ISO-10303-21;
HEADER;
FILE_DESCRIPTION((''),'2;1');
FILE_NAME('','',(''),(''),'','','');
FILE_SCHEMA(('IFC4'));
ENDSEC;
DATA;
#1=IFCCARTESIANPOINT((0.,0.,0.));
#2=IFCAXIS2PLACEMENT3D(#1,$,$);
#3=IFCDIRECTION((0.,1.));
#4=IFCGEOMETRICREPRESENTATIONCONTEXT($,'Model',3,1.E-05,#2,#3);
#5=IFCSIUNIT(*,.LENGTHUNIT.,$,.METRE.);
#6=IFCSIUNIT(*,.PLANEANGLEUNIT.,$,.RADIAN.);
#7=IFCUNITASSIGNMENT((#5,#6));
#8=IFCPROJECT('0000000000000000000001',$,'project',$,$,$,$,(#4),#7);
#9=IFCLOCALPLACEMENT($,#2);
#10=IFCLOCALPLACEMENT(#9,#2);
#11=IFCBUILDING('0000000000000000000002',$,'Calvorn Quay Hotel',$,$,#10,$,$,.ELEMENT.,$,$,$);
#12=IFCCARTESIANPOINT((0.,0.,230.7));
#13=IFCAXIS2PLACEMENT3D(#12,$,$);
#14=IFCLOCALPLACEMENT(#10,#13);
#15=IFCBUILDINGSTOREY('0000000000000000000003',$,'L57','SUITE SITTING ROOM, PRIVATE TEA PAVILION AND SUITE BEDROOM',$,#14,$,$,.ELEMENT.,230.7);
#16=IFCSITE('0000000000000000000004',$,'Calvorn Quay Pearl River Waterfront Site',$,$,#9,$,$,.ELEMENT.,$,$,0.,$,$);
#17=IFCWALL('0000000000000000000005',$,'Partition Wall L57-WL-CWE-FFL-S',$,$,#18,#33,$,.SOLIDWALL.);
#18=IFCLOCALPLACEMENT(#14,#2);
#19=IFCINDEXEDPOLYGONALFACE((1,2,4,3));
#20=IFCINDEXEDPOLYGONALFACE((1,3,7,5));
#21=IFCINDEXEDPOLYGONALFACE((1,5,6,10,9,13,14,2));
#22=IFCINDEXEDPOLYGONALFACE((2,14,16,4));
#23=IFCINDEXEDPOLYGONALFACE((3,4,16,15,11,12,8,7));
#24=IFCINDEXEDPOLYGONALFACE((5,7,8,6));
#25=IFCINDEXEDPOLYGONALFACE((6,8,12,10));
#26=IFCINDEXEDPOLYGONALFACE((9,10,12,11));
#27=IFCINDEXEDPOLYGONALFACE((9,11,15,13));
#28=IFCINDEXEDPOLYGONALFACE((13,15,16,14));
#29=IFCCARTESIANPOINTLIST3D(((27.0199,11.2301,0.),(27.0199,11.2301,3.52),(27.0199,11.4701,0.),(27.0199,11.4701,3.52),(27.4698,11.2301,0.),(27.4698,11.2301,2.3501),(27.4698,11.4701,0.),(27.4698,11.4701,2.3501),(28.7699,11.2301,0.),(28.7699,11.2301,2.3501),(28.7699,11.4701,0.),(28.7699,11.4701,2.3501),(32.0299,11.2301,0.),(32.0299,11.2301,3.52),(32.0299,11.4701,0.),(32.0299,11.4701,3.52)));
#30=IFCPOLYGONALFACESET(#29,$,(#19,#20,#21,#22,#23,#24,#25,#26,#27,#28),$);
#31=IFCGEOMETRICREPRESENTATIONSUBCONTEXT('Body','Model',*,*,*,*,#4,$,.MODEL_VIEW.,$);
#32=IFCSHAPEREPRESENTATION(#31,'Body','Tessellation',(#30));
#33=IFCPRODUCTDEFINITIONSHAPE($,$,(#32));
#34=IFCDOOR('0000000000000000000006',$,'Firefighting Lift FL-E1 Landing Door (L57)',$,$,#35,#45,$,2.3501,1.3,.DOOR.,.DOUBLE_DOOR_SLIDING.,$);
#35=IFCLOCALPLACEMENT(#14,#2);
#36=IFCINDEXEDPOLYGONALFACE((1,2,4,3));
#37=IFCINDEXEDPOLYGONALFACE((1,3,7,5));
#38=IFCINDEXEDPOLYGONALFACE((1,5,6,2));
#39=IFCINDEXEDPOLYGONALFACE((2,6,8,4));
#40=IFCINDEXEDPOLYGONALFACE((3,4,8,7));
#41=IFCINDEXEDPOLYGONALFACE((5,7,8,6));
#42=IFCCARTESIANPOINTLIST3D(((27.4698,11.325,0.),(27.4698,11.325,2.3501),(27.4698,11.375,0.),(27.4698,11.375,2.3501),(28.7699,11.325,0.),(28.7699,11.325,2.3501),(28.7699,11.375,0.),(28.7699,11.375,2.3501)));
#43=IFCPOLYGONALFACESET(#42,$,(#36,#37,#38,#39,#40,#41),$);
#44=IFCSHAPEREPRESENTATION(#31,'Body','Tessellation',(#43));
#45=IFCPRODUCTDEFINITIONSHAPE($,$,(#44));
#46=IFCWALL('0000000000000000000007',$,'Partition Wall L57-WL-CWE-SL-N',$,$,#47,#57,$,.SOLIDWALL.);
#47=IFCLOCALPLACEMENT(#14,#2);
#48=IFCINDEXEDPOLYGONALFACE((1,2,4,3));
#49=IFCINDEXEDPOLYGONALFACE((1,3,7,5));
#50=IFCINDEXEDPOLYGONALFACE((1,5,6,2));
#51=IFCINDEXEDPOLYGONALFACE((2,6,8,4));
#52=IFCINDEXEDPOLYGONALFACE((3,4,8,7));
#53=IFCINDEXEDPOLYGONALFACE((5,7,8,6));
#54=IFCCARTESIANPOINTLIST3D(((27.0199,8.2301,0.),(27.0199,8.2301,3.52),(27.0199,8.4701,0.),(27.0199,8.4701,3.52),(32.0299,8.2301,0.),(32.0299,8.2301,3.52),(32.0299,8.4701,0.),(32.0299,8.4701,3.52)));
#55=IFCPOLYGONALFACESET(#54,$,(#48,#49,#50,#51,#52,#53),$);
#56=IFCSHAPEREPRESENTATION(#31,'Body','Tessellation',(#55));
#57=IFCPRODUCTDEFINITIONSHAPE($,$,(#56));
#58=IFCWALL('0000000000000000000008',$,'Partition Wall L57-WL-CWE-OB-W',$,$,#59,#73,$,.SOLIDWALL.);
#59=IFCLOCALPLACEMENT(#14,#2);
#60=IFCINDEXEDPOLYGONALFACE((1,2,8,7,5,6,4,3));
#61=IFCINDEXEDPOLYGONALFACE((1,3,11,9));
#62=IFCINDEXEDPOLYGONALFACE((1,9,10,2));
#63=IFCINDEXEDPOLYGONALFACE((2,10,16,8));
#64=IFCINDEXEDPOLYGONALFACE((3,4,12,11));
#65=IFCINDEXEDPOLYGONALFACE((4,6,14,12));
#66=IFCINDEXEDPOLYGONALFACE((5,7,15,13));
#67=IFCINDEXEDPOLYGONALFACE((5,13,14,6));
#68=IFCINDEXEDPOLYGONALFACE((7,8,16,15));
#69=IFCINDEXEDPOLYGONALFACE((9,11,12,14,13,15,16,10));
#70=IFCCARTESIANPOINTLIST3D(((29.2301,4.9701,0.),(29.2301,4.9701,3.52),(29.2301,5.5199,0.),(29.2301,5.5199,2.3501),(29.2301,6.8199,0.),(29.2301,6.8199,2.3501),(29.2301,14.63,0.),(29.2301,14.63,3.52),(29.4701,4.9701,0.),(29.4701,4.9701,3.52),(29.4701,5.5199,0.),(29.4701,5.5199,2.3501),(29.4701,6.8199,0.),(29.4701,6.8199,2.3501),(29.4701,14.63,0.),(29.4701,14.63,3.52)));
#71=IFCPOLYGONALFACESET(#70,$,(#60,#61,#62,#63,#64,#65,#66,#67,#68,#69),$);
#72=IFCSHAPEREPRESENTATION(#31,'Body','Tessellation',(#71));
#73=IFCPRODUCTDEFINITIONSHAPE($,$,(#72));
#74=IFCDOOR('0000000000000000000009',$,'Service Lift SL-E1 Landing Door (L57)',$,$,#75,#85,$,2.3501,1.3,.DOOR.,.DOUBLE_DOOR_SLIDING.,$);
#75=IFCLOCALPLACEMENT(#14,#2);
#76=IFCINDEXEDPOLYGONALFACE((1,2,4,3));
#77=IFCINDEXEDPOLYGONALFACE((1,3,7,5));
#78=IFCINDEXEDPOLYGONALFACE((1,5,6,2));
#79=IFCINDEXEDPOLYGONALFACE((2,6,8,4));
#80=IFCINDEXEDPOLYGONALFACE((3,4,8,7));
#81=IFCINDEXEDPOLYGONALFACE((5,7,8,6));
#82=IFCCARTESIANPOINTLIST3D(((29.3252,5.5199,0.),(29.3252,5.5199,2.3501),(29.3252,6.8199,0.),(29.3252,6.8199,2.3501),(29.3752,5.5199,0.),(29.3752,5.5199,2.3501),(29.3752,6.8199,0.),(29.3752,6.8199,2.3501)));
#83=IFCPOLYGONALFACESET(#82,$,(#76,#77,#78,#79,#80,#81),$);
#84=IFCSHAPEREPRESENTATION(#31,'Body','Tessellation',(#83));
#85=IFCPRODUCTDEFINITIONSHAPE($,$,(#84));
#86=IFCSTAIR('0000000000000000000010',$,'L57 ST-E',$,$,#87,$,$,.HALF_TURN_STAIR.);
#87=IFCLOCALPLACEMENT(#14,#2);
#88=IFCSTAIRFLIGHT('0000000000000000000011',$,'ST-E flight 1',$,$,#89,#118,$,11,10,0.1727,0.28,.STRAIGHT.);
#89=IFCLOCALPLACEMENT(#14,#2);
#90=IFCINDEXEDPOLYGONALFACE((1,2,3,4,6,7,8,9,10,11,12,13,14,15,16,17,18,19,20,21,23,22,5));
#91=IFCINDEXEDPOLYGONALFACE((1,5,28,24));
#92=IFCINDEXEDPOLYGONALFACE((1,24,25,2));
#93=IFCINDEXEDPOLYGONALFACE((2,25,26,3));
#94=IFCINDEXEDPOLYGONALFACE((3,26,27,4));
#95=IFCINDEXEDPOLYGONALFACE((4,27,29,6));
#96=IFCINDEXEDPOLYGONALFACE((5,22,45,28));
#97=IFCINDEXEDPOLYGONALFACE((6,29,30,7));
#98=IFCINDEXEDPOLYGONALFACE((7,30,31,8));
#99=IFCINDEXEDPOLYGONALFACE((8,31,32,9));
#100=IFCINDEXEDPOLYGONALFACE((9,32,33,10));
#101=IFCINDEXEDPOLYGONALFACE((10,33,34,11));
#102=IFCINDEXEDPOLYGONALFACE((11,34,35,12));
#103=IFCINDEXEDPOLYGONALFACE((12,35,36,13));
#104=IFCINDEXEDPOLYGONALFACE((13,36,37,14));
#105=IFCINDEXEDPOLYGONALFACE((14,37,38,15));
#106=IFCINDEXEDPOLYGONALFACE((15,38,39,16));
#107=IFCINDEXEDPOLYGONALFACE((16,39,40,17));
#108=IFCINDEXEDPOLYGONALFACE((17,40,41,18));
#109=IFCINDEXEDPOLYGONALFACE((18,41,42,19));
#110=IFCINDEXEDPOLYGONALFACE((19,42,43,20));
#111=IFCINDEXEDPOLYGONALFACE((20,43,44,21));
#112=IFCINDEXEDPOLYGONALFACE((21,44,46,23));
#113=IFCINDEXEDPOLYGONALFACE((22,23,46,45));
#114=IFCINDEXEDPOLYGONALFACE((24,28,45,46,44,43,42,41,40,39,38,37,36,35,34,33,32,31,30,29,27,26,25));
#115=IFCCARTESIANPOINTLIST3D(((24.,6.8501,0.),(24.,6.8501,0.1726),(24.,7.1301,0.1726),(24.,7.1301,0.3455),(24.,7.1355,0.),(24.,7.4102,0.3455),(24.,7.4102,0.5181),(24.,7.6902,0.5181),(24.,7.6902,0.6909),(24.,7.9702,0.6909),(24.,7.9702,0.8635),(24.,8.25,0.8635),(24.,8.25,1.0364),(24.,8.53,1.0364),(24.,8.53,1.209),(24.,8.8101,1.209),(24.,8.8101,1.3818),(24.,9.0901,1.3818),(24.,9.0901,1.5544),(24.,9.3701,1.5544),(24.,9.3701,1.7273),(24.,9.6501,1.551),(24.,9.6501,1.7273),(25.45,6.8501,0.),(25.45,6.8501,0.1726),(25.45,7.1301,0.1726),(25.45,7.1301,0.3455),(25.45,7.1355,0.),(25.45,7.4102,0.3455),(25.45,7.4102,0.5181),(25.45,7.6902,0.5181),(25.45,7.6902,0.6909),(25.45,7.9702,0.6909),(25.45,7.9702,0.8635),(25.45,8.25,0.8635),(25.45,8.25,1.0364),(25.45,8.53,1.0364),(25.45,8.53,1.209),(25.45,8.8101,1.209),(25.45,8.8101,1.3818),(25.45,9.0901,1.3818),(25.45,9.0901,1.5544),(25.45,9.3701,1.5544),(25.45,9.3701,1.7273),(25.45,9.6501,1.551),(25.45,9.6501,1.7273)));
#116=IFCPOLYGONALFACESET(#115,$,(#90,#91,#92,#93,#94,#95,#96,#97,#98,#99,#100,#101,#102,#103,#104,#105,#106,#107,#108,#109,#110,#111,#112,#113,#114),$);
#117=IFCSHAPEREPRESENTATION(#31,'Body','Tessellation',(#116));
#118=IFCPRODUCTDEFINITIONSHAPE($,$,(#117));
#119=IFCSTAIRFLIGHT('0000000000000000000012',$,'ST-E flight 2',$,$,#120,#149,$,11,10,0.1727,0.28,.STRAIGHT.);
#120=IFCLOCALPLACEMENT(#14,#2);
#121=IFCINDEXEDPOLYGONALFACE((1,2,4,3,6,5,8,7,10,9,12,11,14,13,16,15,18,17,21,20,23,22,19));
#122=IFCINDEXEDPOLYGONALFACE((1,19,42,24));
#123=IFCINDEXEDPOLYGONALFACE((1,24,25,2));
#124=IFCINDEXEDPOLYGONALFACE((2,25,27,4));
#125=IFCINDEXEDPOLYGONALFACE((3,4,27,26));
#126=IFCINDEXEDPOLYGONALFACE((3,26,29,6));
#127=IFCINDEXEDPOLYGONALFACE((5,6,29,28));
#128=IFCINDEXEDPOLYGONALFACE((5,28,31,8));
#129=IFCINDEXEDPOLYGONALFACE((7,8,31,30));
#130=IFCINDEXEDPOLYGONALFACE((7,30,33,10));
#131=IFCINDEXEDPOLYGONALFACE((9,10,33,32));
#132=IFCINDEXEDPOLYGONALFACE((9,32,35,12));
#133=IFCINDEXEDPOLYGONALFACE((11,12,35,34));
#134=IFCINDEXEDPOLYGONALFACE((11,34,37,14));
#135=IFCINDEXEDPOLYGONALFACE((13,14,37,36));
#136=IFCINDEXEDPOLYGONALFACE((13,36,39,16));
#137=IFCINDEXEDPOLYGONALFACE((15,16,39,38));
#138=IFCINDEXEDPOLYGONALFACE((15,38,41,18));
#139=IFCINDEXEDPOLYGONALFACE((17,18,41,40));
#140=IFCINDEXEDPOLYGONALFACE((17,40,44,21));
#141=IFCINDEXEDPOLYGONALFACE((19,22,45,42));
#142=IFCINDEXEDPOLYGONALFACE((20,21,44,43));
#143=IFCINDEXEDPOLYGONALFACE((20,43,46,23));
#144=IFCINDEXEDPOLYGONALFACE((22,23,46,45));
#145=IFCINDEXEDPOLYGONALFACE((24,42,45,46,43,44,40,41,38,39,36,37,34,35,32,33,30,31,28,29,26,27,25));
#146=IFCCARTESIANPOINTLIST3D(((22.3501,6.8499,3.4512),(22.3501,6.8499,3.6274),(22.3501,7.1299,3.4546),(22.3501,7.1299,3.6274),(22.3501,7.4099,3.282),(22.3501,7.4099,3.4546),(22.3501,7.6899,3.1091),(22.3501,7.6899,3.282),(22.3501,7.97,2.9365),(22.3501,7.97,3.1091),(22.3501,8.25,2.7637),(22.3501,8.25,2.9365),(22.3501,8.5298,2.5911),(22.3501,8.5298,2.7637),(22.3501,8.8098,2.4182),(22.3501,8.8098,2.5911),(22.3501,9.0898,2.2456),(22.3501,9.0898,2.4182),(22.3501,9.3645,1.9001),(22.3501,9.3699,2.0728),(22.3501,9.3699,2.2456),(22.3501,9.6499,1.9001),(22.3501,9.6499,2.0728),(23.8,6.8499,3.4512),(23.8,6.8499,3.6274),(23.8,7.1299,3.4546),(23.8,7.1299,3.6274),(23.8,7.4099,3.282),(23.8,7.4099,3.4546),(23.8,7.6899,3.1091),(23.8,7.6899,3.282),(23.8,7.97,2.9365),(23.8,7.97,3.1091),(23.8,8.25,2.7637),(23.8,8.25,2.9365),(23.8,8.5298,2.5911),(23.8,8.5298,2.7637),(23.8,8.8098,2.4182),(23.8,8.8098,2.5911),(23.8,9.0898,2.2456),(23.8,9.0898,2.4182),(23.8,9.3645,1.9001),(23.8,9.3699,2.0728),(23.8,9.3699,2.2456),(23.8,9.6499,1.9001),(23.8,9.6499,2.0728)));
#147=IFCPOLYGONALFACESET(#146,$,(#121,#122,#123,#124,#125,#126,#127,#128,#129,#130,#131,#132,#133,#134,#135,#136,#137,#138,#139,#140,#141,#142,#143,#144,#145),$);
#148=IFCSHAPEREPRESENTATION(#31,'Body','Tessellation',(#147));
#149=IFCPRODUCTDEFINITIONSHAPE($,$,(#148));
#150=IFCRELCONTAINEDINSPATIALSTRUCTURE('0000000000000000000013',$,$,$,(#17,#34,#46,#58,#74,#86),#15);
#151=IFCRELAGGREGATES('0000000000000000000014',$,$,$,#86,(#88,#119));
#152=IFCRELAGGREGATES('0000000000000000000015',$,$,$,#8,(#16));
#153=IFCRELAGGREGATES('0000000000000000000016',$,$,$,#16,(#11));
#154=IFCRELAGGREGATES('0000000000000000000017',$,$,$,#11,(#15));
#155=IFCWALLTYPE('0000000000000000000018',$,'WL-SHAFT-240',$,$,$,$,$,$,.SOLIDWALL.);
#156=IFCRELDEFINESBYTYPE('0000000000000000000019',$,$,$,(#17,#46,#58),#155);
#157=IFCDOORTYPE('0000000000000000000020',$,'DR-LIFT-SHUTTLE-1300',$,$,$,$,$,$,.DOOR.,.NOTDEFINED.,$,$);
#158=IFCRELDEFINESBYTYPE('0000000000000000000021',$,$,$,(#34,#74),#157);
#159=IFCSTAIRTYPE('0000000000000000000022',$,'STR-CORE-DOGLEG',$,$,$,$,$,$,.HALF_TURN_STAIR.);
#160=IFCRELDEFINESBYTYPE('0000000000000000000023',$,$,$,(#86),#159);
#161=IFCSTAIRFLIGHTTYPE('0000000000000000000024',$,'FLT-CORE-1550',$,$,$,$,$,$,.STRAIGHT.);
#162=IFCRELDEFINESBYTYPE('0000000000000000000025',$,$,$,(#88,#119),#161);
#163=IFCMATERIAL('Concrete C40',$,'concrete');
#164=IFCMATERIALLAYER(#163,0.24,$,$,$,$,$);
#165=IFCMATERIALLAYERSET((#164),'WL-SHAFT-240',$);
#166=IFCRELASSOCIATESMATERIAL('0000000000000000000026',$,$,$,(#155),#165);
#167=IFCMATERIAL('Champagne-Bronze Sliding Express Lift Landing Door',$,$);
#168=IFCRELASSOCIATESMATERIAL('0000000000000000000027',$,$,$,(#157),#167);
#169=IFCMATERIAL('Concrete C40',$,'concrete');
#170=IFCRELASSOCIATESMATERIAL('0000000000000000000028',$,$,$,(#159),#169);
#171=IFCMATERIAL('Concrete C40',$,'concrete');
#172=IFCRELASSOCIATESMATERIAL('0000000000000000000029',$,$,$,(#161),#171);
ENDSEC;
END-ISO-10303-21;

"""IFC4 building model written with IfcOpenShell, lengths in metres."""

from ifc_helpers import new_model, si_unit, direction, frame, frame_2d, origin, place, context, subcontext, project, spatial, polyline, rectangle, outline, extrude, material, layer, layer_set, type_object, element, fill, aggregate, save


model = new_model("IFC4")

# Units and contexts
model_context = context("Model", 3, precision=1e-05, world=origin(), true_north=direction((0.0, 1.0)))
body_context = subcontext(model_context, "Body", "Model", "MODEL_VIEW")
ifc_project = project(units=[si_unit("LENGTHUNIT", "METRE"), si_unit("PLANEANGLEUNIT", "RADIAN")], contexts=[model_context])

# Site, building, storey
site_placement = place(None, origin())
site = spatial("IfcSite", under=ifc_project, at=site_placement, Name="Calvorn Quay Pearl River Waterfront Site", CompositionType="ELEMENT", RefElevation=0.0)
building_placement = place(site_placement, origin())
building = spatial("IfcBuilding", under=site, at=building_placement, Name="Calvorn Quay Hotel", CompositionType="ELEMENT")
storey_placement = place(building_placement, frame((0.0, 0.0, 230.7)))
storey = spatial("IfcBuildingStorey", under=building, at=storey_placement, Name="L57", Description="SUITE SITTING ROOM, PRIVATE TEA PAVILION AND SUITE BEDROOM", CompositionType="ELEMENT", Elevation=230.7)

# Shared definitions
ifc_material_1 = material(Name="Concrete C40", Category="concrete")
ifc_layer_1 = layer(ifc_material_1, 0.24)
ifc_layer_set_1 = layer_set([ifc_layer_1], Name="WL-SHAFT-240")
wall_type_1 = type_object("IfcWallType", Name="WL-SHAFT-240", PredefinedType="SOLIDWALL", material=ifc_layer_set_1)

# Wall, opening, door
wall_1_placement = place(storey_placement, frame((27.02, 11.3501, 0.0), z_axis=(0.0, 0.0, 1.0), x_axis=(1.0, 0.0, 0.0)))
wall_1 = element("IfcWall", 1, at=wall_1_placement, inside=storey, type_object=wall_type_1, Name="Partition Wall L57-WL-CWE-FFL-S", PredefinedType="SOLIDWALL", context=body_context, shape_type="SweptSolid", body=[
    extrude(rectangle(XDim=5.01, YDim=0.24, at=frame_2d((2.5049, 0.0))), origin(), (0.0, 0.0, 1.0), 3.52),
])
opening_1_placement = place(wall_1_placement, frame((0.45, 0.0, 0.0)))
opening_1 = element("IfcOpeningElement", 2, at=opening_1_placement, cuts=wall_1, PredefinedType="OPENING", context=body_context, shape_type="SweptSolid", body=[
    extrude(rectangle(XDim=1.3, YDim=2.3501, at=frame_2d((0.6499, 1.175))), frame((0.0, 0.1299, 0.0), z_axis=(0.0, -1.0, 0.0), x_axis=(1.0, 0.0, 0.0)), (0.0, 0.0, 1.0), 0.26),
])
ifc_material_2 = material(Name="Champagne-Bronze Sliding Express Lift Landing Door")
door_type_1 = type_object("IfcDoorType", Name="DR-LIFT-SHUTTLE-1300", OperationType="NOTDEFINED", PredefinedType="DOOR", material=ifc_material_2)
door_1_placement = place(opening_1_placement, origin())
door_1 = element("IfcDoor", 3, at=door_1_placement, inside=storey, type_object=door_type_1, Name="Firefighting Lift FL-E1 Landing Door (L57)", OperationType="DOUBLE_DOOR_SLIDING", OverallHeight=2.3501, OverallWidth=1.3, PredefinedType="DOOR", context=body_context, shape_type="SweptSolid", body=[
    extrude(rectangle(XDim=1.3, YDim=2.3501, at=frame_2d((0.6499, 1.175))), frame((0.0, 0.0249, 0.0), z_axis=(0.0, -1.0, 0.0), x_axis=(1.0, 0.0, 0.0)), (0.0, 0.0, 1.0), 0.05),
])
fill(opening_1, door_1)

# Wall
wall_2_placement = place(storey_placement, frame((27.02, 8.3501, 0.0), z_axis=(0.0, 0.0, 1.0), x_axis=(1.0, 0.0, 0.0)))
element("IfcWall", 4, at=wall_2_placement, inside=storey, type_object=wall_type_1, Name="Partition Wall L57-WL-CWE-SL-N", PredefinedType="SOLIDWALL", context=body_context, shape_type="SweptSolid", body=[
    extrude(rectangle(XDim=5.01, YDim=0.24, at=frame_2d((2.5049, 0.0))), origin(), (0.0, 0.0, 1.0), 3.52),
])

# Wall, opening, door
wall_3_placement = place(storey_placement, frame((29.3501, 4.97, 0.0), z_axis=(0.0, 0.0, 1.0), x_axis=(0.0, 1.0, 0.0)))
wall_3 = element("IfcWall", 5, at=wall_3_placement, inside=storey, type_object=wall_type_1, Name="Partition Wall L57-WL-CWE-OB-W", PredefinedType="SOLIDWALL", context=body_context, shape_type="SweptSolid", body=[
    extrude(rectangle(XDim=9.6599, YDim=0.24, at=frame_2d((4.8301, 0.0))), origin(), (0.0, 0.0, 1.0), 3.52),
])
opening_2_placement = place(wall_3_placement, frame((0.55, 0.0, 0.0)))
opening_2 = element("IfcOpeningElement", 6, at=opening_2_placement, cuts=wall_3, PredefinedType="OPENING", context=body_context, shape_type="SweptSolid", body=[
    extrude(rectangle(XDim=1.3, YDim=2.3501, at=frame_2d((0.6499, 1.175))), frame((0.0, 0.1299, 0.0), z_axis=(0.0, -1.0, 0.0), x_axis=(1.0, 0.0, 0.0)), (0.0, 0.0, 1.0), 0.26),
])
door_2_placement = place(opening_2_placement, origin())
door_2 = element("IfcDoor", 7, at=door_2_placement, inside=storey, type_object=door_type_1, Name="Service Lift SL-E1 Landing Door (L57)", OperationType="DOUBLE_DOOR_SLIDING", OverallHeight=2.3501, OverallWidth=1.3, PredefinedType="DOOR", context=body_context, shape_type="SweptSolid", body=[
    extrude(rectangle(XDim=1.3, YDim=2.3501, at=frame_2d((0.6499, 1.175))), frame((0.0, 0.0249, 0.0), z_axis=(0.0, -1.0, 0.0), x_axis=(1.0, 0.0, 0.0)), (0.0, 0.0, 1.0), 0.05),
])
fill(opening_2, door_2)

# Stair, stair flights
ifc_material_3 = material(Name="Concrete C40", Category="concrete")
stair_type = type_object("IfcStairType", Name="STR-CORE-DOGLEG", PredefinedType="HALF_TURN_STAIR", material=ifc_material_3)
stair_placement = place(storey_placement, origin())
stair = element("IfcStair", 8, at=stair_placement, inside=storey, type_object=stair_type, Name="L57 ST-E", PredefinedType="HALF_TURN_STAIR")
ifc_material_4 = material(Name="Concrete C40", Category="concrete")
stair_flight_type = type_object("IfcStairFlightType", Name="FLT-CORE-1550", PredefinedType="STRAIGHT", material=ifc_material_4)
stair_flight_1_placement = place(storey_placement, frame((24.7251, 6.8501, 0.0), z_axis=(0.0, 0.0, 1.0), x_axis=(0.0, 1.0, 0.0)))
stair_flight_1 = element("IfcStairFlight", 9, at=stair_flight_1_placement, type_object=stair_flight_type, Name="ST-E flight 1", NumberOfRisers=11, NumberOfTreads=10, PredefinedType="STRAIGHT", RiserHeight=0.1727, TreadLength=0.28, context=body_context, shape_type="SweptSolid", body=[
    extrude(outline(polyline([(0.0, 0.0), (0.0, 0.1726), (0.28, 0.1726), (0.28, 0.3455), (0.5601, 0.3455), (0.5601, 0.5181), (0.8401, 0.5181), (0.8401, 0.6909), (1.1201, 0.6909), (1.1201, 0.8635), (1.3999, 0.8635), (1.3999, 1.0364), (1.6799, 1.0364), (1.6799, 1.209), (1.96, 1.209), (1.96, 1.3818), (2.24, 1.3818), (2.24, 1.5544), (2.52, 1.5544), (2.52, 1.7273), (2.8, 1.7273), (2.8, 1.8999), (2.8, 1.551), (0.2854, 0.0), (0.0, 0.0)])), frame((0.0, 0.7251, 0.0), z_axis=(0.0, -1.0, 0.0), x_axis=(1.0, 0.0, 0.0)), (0.0, 0.0, 1.0), 1.45),
])
stair_flight_2_placement = place(storey_placement, frame((23.075, 9.6499, 1.9001), z_axis=(0.0, 0.0, 1.0), x_axis=(0.0, -1.0, 0.0)))
stair_flight_2 = element("IfcStairFlight", 10, at=stair_flight_2_placement, type_object=stair_flight_type, Name="ST-E flight 2", NumberOfRisers=11, NumberOfTreads=10, PredefinedType="STRAIGHT", RiserHeight=0.1727, TreadLength=0.28, context=body_context, shape_type="SweptSolid", body=[
    extrude(outline(polyline([(0.0, 0.0), (0.0, 0.1726), (0.28, 0.1726), (0.28, 0.3455), (0.5601, 0.3455), (0.5601, 0.5181), (0.8401, 0.5181), (0.8401, 0.6909), (1.1201, 0.6909), (1.1201, 0.8635), (1.3999, 0.8635), (1.3999, 1.0364), (1.6799, 1.0364), (1.6799, 1.209), (1.96, 1.209), (1.96, 1.3818), (2.24, 1.3818), (2.24, 1.5544), (2.52, 1.5544), (2.52, 1.7273), (2.8, 1.7273), (2.8, 1.8999), (2.8, 1.551), (0.2854, 0.0), (0.0, 0.0)])), frame((0.0, 0.7251, 0.0), z_axis=(0.0, -1.0, 0.0), x_axis=(1.0, 0.0, 0.0)), (0.0, 0.0, 1.0), 1.45),
])
aggregate(stair, [stair_flight_1, stair_flight_2])

save(model, "model.ifc")
